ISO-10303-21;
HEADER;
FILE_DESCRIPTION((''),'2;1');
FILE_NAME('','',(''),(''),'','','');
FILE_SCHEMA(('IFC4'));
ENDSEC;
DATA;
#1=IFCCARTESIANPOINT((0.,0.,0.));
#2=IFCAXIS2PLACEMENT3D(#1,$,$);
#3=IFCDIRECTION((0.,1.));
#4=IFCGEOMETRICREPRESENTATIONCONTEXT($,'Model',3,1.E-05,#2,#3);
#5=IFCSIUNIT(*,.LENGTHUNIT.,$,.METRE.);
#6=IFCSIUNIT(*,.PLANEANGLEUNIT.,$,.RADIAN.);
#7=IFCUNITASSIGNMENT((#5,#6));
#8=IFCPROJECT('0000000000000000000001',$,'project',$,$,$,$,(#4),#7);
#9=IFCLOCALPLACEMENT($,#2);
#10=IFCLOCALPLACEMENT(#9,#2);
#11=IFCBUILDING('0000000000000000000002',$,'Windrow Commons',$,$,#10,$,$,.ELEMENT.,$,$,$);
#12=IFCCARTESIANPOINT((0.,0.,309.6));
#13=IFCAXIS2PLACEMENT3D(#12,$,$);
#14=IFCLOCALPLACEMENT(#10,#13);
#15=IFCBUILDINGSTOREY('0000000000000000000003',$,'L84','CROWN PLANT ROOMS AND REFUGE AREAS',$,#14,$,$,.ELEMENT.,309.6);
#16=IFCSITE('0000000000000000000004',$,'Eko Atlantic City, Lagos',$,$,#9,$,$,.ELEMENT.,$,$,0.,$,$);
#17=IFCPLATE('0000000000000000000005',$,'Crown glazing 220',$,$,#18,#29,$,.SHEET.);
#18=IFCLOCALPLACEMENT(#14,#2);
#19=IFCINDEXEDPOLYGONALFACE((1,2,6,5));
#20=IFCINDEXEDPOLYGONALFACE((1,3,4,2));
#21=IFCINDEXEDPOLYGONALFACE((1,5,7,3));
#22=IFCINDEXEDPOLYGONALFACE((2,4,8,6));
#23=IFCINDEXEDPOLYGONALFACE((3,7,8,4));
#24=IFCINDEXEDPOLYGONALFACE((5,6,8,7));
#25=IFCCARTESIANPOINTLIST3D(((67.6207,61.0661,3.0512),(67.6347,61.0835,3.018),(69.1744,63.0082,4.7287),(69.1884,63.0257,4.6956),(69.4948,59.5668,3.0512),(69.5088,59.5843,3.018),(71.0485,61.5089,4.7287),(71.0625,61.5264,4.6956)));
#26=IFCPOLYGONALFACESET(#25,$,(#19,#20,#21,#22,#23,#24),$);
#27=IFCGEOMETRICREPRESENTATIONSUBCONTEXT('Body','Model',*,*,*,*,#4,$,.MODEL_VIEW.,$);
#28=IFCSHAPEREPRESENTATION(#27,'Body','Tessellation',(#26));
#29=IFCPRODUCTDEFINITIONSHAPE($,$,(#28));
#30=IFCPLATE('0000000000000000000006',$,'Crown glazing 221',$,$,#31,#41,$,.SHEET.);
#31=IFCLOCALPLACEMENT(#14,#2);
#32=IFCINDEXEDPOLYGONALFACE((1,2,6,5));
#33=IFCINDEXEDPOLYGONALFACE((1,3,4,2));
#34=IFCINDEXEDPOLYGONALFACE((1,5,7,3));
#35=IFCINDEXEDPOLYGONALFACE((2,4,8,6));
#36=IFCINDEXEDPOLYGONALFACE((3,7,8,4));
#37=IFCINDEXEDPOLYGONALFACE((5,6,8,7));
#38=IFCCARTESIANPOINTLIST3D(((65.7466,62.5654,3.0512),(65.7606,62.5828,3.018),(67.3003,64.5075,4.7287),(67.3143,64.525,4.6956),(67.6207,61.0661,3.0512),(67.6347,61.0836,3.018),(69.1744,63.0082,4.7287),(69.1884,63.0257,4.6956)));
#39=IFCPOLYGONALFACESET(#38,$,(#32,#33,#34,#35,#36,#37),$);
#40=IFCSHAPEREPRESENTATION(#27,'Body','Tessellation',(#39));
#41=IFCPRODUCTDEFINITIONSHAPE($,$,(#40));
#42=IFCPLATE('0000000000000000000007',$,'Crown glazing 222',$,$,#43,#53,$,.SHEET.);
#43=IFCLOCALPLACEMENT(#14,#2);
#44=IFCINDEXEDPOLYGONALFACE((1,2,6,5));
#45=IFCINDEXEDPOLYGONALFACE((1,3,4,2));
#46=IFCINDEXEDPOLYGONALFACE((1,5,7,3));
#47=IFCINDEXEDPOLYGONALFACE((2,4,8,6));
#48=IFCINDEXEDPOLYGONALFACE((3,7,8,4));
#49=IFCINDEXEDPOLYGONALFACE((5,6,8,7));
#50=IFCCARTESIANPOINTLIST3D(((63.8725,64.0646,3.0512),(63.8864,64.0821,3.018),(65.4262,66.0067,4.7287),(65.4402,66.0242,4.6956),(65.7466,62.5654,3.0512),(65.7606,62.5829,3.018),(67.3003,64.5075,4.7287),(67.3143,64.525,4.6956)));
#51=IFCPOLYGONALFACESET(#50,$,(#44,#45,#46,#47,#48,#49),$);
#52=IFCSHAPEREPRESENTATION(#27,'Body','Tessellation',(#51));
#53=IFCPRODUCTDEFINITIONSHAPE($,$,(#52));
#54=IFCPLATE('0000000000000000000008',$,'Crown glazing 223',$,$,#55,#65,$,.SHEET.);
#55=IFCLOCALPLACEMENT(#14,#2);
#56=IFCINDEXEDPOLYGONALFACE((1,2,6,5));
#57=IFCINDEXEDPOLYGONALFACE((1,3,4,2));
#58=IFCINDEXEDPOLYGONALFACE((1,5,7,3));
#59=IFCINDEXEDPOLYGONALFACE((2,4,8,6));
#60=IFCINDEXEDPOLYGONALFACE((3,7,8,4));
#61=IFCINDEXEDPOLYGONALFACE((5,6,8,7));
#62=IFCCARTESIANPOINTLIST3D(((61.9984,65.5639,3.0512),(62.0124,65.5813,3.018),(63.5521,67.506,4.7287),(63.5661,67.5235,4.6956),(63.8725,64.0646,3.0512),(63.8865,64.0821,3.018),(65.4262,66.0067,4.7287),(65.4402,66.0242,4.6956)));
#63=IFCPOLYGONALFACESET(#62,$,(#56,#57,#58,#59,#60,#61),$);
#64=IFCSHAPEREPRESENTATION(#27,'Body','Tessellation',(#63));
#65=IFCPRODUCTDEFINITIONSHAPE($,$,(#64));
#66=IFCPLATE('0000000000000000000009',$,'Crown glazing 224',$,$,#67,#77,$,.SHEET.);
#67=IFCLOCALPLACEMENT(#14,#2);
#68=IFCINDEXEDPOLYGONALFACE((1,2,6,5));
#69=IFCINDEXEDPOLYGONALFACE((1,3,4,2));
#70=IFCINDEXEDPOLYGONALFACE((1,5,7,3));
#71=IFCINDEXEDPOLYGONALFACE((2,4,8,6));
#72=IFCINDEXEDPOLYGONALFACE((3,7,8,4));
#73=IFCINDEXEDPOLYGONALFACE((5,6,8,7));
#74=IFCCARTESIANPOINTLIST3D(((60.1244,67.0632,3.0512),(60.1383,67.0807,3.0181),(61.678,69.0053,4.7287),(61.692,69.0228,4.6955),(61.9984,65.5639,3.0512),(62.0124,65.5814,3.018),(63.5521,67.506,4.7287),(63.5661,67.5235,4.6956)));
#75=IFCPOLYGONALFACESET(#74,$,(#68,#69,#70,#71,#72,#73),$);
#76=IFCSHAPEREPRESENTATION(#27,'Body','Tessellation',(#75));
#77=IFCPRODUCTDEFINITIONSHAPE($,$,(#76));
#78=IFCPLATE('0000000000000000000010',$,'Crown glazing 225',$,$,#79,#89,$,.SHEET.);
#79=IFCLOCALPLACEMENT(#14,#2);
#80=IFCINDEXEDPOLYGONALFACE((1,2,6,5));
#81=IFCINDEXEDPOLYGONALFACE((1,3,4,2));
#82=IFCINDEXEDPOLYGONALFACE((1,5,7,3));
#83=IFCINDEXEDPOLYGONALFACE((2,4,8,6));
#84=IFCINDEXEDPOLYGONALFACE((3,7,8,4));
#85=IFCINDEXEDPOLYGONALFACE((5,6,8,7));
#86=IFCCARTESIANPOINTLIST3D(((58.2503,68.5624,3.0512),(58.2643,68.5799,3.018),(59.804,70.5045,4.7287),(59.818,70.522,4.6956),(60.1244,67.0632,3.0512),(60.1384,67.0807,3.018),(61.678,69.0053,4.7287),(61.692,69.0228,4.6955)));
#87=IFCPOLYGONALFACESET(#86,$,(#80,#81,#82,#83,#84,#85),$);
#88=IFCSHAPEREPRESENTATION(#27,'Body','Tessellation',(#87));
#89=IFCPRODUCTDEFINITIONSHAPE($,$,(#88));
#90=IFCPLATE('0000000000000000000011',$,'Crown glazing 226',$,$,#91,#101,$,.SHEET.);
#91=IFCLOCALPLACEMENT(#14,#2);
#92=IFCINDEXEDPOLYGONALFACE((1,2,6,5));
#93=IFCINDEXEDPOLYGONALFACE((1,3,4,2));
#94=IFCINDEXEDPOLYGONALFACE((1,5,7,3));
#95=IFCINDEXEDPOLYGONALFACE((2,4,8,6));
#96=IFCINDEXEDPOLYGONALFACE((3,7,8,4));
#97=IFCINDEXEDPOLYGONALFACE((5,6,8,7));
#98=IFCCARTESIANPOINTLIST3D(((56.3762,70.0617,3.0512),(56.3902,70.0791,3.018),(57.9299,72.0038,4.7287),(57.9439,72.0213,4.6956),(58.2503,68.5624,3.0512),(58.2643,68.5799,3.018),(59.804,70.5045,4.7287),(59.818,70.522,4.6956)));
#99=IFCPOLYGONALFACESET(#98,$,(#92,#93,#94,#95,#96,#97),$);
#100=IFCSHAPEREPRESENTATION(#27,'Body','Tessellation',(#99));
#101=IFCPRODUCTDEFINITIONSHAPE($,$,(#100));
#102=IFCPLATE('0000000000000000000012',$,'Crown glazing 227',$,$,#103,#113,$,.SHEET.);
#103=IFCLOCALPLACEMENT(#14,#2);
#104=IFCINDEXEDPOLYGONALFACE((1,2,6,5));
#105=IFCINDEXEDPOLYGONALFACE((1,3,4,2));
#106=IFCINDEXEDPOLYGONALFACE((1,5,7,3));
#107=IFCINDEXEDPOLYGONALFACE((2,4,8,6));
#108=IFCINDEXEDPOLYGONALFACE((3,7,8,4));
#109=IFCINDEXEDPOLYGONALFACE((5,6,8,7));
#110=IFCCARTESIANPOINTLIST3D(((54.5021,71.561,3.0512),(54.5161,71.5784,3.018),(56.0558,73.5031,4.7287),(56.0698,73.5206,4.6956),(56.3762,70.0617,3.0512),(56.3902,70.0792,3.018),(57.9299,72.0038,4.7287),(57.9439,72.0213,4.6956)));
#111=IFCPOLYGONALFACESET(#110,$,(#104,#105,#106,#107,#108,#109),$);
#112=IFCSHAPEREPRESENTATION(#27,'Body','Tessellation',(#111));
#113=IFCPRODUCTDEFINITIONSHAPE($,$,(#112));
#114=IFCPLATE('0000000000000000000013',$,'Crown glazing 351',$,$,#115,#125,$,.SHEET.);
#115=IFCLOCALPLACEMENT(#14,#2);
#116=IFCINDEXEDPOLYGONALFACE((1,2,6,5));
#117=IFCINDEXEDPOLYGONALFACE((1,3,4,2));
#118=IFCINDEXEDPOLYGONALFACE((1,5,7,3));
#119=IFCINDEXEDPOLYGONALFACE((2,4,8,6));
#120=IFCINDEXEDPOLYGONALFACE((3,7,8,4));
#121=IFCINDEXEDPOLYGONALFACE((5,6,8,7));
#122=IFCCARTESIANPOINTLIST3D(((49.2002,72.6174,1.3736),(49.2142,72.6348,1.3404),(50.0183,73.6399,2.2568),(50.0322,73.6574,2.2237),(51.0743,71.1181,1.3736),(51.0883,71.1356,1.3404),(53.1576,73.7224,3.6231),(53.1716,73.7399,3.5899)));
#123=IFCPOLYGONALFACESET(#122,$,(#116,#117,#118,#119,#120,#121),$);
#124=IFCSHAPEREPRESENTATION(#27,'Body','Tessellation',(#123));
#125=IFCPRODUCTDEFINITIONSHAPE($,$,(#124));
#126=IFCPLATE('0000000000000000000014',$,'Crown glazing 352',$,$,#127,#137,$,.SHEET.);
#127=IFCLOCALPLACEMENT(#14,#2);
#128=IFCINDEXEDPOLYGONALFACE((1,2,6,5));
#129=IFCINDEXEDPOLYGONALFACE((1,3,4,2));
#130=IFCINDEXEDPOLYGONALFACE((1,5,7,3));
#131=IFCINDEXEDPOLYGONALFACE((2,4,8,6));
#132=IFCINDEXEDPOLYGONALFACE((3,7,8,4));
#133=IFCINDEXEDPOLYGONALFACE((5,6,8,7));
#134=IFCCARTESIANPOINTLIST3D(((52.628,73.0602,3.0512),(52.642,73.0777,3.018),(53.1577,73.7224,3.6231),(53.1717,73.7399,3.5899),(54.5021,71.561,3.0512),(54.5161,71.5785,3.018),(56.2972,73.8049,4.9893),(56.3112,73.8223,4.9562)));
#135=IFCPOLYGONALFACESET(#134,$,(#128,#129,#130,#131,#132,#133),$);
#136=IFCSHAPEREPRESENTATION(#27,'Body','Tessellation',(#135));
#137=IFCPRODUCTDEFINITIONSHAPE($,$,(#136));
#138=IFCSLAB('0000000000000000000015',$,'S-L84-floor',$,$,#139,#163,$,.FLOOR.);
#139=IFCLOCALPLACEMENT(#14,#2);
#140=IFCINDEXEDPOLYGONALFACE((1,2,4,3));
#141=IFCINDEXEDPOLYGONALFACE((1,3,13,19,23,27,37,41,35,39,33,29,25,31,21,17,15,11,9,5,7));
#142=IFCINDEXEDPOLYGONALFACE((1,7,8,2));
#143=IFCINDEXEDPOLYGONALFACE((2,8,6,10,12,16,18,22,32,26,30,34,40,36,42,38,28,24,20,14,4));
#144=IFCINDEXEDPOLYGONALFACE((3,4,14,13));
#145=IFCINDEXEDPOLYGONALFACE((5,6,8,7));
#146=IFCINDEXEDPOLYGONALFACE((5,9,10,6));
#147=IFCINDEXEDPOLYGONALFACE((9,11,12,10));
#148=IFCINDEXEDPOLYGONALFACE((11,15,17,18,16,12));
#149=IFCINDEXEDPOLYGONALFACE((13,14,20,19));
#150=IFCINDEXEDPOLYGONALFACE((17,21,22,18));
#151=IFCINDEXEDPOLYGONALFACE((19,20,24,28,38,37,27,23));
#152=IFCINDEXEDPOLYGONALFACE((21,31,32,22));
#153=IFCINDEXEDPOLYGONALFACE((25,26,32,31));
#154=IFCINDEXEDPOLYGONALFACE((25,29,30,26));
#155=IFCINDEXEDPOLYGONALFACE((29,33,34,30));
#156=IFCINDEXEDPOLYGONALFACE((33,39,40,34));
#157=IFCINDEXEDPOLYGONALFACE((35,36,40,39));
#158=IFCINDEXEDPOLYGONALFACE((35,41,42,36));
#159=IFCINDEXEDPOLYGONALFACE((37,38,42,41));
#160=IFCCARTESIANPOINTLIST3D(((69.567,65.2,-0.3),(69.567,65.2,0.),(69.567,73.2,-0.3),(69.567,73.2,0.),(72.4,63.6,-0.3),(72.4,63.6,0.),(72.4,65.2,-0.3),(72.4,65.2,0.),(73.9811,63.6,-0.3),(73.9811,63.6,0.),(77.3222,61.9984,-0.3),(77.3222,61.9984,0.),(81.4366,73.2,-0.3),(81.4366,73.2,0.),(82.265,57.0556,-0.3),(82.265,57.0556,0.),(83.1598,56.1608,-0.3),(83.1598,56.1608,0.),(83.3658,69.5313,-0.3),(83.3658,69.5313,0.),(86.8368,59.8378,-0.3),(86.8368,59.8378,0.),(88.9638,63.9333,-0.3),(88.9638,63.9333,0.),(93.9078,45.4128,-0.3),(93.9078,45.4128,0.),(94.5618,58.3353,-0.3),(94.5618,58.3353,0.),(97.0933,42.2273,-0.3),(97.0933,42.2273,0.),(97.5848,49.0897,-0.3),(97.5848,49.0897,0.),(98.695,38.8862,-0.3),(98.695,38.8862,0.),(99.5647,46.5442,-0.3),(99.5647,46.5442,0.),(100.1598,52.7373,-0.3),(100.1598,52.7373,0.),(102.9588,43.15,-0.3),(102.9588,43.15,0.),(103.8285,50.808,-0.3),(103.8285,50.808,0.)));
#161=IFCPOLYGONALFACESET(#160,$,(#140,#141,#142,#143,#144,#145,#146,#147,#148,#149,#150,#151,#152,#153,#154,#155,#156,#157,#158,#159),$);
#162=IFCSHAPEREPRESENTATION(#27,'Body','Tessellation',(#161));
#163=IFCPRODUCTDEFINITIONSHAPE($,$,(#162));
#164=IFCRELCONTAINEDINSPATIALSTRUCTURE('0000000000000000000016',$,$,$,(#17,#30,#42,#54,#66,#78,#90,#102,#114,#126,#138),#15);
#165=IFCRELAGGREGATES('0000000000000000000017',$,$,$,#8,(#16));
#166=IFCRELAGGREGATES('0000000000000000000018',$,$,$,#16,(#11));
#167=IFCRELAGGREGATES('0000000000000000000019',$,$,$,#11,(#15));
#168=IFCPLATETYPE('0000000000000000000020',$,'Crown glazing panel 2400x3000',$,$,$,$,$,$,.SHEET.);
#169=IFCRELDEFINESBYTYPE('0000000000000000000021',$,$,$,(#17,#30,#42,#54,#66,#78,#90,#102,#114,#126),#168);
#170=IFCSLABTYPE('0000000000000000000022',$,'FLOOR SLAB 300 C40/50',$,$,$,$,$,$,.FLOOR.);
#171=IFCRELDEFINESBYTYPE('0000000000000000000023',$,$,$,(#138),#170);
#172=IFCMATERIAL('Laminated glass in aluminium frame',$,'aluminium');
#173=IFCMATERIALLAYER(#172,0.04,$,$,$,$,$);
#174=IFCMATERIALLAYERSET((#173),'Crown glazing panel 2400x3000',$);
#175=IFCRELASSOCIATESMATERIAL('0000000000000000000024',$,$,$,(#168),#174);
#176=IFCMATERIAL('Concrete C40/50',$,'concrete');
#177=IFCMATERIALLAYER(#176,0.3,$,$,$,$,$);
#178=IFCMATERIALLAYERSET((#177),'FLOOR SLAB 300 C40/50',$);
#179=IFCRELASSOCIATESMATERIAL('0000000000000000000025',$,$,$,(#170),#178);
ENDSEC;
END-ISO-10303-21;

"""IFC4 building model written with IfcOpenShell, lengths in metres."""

from ifc_helpers import new_model, si_unit, direction, frame, origin, place, context, subcontext, project, spatial, polyline, outline, extrude, material, layer, layer_set, type_object, element, save


model = new_model("IFC4")

# Units and contexts
model_context = context("Model", 3, precision=1e-05, world=origin(), true_north=direction((0.0, 1.0)))
body_context = subcontext(model_context, "Body", "Model", "MODEL_VIEW")
ifc_project = project(units=[si_unit("LENGTHUNIT", "METRE"), si_unit("PLANEANGLEUNIT", "RADIAN")], contexts=[model_context])

# Site, building, storey
site_placement = place(None, origin())
site = spatial("IfcSite", under=ifc_project, at=site_placement, Name="Eko Atlantic City, Lagos", CompositionType="ELEMENT", RefElevation=0.0)
building_placement = place(site_placement, origin())
building = spatial("IfcBuilding", under=site, at=building_placement, Name="Windrow Commons", CompositionType="ELEMENT")
storey_placement = place(building_placement, frame((0.0, 0.0, 309.6)))
storey = spatial("IfcBuildingStorey", under=building, at=storey_placement, Name="L84", Description="CROWN PLANT ROOMS AND REFUGE AREAS", CompositionType="ELEMENT", Elevation=309.6)

# Shared definitions
placement = place(storey_placement, frame((0.0, 0.0, -0.3)))

# Plates
ifc_material_1 = material(Name="Laminated glass in aluminium frame", Category="aluminium")
ifc_layer_1 = layer(ifc_material_1, 0.04)
ifc_layer_set_1 = layer_set([ifc_layer_1], Name="Crown glazing panel 2400x3000")
plate_type = type_object("IfcPlateType", Name="Crown glazing panel 2400x3000", PredefinedType="SHEET", material=ifc_layer_set_1)
for number, where, z_axis, x_axis, name in (
    (1, (69.4948, 59.5668, 3.0512), (-0.349316, -0.43664, 0.82905), (-0.780865, 0.6247, 0.0), "Crown glazing 220"),
    (2, (67.6207, 61.0661, 3.0512), (-0.349316, -0.43664, 0.82905), (-0.780865, 0.6247, 0.0), "Crown glazing 221"),
):
    element("IfcPlate", number, at=place(storey_placement, frame(where, z_axis=z_axis, x_axis=x_axis)), inside=storey, type_object=plate_type, Name=name, PredefinedType="SHEET", context=body_context, shape_type="SweptSolid", body=[
        extrude(outline(polyline([(0.0, 0.0), (2.4, 0.0), (2.4, -3.0), (0.0, -3.0), (0.0, 0.0)])), origin(), (0.0, 0.0, -1.0), 0.04),
    ])
plate_1_placement = place(storey_placement, frame((65.7466, 62.5654, 3.0512), z_axis=(-0.349302, -0.436651, 0.82905), x_axis=(-0.780885, 0.624675, 0.0)))
element("IfcPlate", 3, at=plate_1_placement, inside=storey, type_object=plate_type, Name="Crown glazing 222", PredefinedType="SHEET", context=body_context, shape_type="SweptSolid", body=[
    extrude(outline(polyline([(0.0, 0.0), (2.4, 0.0), (2.3999, -3.0), (-0.0001, -3.0), (0.0, 0.0)])), origin(), (0.0, 0.0, -1.0), 0.04),
])
plate_2_placement = place(storey_placement, frame((63.8725, 64.0646, 3.0512), z_axis=(-0.349316, -0.43664, 0.82905), x_axis=(-0.780865, 0.6247, 0.0)))
element("IfcPlate", 4, at=plate_2_placement, inside=storey, type_object=plate_type, Name="Crown glazing 223", PredefinedType="SHEET", context=body_context, shape_type="SweptSolid", body=[
    extrude(outline(polyline([(0.0, 0.0), (2.4, 0.0), (2.4, -3.0), (0.0, -3.0), (0.0, 0.0)])), origin(), (0.0, 0.0, -1.0), 0.04),
])
plate_3_placement = place(storey_placement, frame((61.9984, 65.5639, 3.0512), z_axis=(-0.349325, -0.436639, 0.829047), x_axis=(-0.780851, 0.624717, 0.000006)))
element("IfcPlate", 5, at=plate_3_placement, inside=storey, type_object=plate_type, Name="Crown glazing 224", PredefinedType="SHEET", context=body_context, shape_type="SweptSolid", body=[
    extrude(outline(polyline([(0.0, 0.0), (2.4, 0.0), (2.4001, -2.9999), (0.0001, -3.0), (0.0, 0.0)])), origin(), (0.0, 0.0, -1.0), 0.04),
])
plate_4_placement = place(storey_placement, frame((60.1244, 67.0632, 3.0512), z_axis=(-0.349311, -0.43665, 0.829047), x_axis=(-0.780883, 0.624678, -0.000006)))
element("IfcPlate", 6, at=plate_4_placement, inside=storey, type_object=plate_type, Name="Crown glazing 225", PredefinedType="SHEET", context=body_context, shape_type="SweptSolid", body=[
    extrude(outline(polyline([(0.0, 0.0), (2.4, 0.0), (2.3999, -3.0), (0.0, -2.9999), (0.0, 0.0)])), origin(), (0.0, 0.0, -1.0), 0.04),
])
for number, where, z_axis, x_axis, name in (
    (7, (58.2503, 68.5624, 3.0512), (-0.349316, -0.43664, 0.82905), (-0.780865, 0.6247, 0.0), "Crown glazing 226"),
    (8, (56.3762, 70.0617, 3.0512), (-0.349316, -0.43664, 0.82905), (-0.780865, 0.6247, 0.0), "Crown glazing 227"),
):
    element("IfcPlate", number, at=place(storey_placement, frame(where, z_axis=z_axis, x_axis=x_axis)), inside=storey, type_object=plate_type, Name=name, PredefinedType="SHEET", context=body_context, shape_type="SweptSolid", body=[
        extrude(outline(polyline([(0.0, 0.0), (2.4, 0.0), (2.4, -3.0), (0.0, -3.0), (0.0, 0.0)])), origin(), (0.0, 0.0, -1.0), 0.04),
    ])
plate_5_placement = place(storey_placement, frame((51.0743, 71.1181, 1.3736), z_axis=(-0.349322, -0.436645, 0.829045), x_axis=(-0.780864, 0.624701, -0.000001)))
element("IfcPlate", 9, at=plate_5_placement, inside=storey, type_object=plate_type, Name="Crown glazing 351", PredefinedType="SHEET", context=body_context, shape_type="SweptSolid", body=[
    extrude(outline(polyline([(0.0, 0.0), (2.4, 0.0), (2.4, -1.5795), (0.0001, -4.0228), (0.0, 0.0)])), origin(), (0.0, 0.0, -1.0), 0.04),
])
plate_6_placement = place(storey_placement, frame((54.5021, 71.561, 3.0512), z_axis=(-0.349314, -0.436639, 0.829051), x_axis=(-0.780879, 0.624682, -0.000014)))
element("IfcPlate", 10, at=plate_6_placement, inside=storey, type_object=plate_type, Name="Crown glazing 352", PredefinedType="SHEET", context=body_context, shape_type="SweptSolid", body=[
    extrude(outline(polyline([(0.0, 0.0), (2.4, 0.0), (2.4, -1.0228), (-0.0001, -3.4661), (0.0, 0.0)])), origin(), (0.0, 0.0, -1.0), 0.04),
])

# Slab
ifc_material_2 = material(Name="Concrete C40/50", Category="concrete")
ifc_layer_2 = layer(ifc_material_2, 0.3)
ifc_layer_set_2 = layer_set([ifc_layer_2], Name="FLOOR SLAB 300 C40/50")
slab_type_1 = type_object("IfcSlabType", Name="FLOOR SLAB 300 C40/50", PredefinedType="FLOOR", material=ifc_layer_set_2)
element("IfcSlab", 11, at=placement, inside=storey, type_object=slab_type_1, Name="S-L84-floor", PredefinedType="FLOOR", context=body_context, shape_type="SweptSolid", body=[
    extrude(outline(polyline([(98.695, 38.8862), (102.9588, 43.15), (99.5647, 46.5442), (103.8285, 50.808), (100.1598, 52.7373), (94.5618, 58.3353), (88.9638, 63.9333), (83.3658, 69.5313), (81.4366, 73.2), (69.567, 73.2), (69.567, 65.2), (72.4, 65.2), (72.4, 63.6), (73.9811, 63.6), (77.3222, 61.9984), (82.265, 57.0556), (83.1598, 56.1608), (86.8368, 59.8378), (97.5848, 49.0897), (93.9078, 45.4128), (97.0933, 42.2273), (98.695, 38.8862)])), origin(), (0.0, 0.0, 1.0), 0.3),
])

save(model, "model.ifc")
